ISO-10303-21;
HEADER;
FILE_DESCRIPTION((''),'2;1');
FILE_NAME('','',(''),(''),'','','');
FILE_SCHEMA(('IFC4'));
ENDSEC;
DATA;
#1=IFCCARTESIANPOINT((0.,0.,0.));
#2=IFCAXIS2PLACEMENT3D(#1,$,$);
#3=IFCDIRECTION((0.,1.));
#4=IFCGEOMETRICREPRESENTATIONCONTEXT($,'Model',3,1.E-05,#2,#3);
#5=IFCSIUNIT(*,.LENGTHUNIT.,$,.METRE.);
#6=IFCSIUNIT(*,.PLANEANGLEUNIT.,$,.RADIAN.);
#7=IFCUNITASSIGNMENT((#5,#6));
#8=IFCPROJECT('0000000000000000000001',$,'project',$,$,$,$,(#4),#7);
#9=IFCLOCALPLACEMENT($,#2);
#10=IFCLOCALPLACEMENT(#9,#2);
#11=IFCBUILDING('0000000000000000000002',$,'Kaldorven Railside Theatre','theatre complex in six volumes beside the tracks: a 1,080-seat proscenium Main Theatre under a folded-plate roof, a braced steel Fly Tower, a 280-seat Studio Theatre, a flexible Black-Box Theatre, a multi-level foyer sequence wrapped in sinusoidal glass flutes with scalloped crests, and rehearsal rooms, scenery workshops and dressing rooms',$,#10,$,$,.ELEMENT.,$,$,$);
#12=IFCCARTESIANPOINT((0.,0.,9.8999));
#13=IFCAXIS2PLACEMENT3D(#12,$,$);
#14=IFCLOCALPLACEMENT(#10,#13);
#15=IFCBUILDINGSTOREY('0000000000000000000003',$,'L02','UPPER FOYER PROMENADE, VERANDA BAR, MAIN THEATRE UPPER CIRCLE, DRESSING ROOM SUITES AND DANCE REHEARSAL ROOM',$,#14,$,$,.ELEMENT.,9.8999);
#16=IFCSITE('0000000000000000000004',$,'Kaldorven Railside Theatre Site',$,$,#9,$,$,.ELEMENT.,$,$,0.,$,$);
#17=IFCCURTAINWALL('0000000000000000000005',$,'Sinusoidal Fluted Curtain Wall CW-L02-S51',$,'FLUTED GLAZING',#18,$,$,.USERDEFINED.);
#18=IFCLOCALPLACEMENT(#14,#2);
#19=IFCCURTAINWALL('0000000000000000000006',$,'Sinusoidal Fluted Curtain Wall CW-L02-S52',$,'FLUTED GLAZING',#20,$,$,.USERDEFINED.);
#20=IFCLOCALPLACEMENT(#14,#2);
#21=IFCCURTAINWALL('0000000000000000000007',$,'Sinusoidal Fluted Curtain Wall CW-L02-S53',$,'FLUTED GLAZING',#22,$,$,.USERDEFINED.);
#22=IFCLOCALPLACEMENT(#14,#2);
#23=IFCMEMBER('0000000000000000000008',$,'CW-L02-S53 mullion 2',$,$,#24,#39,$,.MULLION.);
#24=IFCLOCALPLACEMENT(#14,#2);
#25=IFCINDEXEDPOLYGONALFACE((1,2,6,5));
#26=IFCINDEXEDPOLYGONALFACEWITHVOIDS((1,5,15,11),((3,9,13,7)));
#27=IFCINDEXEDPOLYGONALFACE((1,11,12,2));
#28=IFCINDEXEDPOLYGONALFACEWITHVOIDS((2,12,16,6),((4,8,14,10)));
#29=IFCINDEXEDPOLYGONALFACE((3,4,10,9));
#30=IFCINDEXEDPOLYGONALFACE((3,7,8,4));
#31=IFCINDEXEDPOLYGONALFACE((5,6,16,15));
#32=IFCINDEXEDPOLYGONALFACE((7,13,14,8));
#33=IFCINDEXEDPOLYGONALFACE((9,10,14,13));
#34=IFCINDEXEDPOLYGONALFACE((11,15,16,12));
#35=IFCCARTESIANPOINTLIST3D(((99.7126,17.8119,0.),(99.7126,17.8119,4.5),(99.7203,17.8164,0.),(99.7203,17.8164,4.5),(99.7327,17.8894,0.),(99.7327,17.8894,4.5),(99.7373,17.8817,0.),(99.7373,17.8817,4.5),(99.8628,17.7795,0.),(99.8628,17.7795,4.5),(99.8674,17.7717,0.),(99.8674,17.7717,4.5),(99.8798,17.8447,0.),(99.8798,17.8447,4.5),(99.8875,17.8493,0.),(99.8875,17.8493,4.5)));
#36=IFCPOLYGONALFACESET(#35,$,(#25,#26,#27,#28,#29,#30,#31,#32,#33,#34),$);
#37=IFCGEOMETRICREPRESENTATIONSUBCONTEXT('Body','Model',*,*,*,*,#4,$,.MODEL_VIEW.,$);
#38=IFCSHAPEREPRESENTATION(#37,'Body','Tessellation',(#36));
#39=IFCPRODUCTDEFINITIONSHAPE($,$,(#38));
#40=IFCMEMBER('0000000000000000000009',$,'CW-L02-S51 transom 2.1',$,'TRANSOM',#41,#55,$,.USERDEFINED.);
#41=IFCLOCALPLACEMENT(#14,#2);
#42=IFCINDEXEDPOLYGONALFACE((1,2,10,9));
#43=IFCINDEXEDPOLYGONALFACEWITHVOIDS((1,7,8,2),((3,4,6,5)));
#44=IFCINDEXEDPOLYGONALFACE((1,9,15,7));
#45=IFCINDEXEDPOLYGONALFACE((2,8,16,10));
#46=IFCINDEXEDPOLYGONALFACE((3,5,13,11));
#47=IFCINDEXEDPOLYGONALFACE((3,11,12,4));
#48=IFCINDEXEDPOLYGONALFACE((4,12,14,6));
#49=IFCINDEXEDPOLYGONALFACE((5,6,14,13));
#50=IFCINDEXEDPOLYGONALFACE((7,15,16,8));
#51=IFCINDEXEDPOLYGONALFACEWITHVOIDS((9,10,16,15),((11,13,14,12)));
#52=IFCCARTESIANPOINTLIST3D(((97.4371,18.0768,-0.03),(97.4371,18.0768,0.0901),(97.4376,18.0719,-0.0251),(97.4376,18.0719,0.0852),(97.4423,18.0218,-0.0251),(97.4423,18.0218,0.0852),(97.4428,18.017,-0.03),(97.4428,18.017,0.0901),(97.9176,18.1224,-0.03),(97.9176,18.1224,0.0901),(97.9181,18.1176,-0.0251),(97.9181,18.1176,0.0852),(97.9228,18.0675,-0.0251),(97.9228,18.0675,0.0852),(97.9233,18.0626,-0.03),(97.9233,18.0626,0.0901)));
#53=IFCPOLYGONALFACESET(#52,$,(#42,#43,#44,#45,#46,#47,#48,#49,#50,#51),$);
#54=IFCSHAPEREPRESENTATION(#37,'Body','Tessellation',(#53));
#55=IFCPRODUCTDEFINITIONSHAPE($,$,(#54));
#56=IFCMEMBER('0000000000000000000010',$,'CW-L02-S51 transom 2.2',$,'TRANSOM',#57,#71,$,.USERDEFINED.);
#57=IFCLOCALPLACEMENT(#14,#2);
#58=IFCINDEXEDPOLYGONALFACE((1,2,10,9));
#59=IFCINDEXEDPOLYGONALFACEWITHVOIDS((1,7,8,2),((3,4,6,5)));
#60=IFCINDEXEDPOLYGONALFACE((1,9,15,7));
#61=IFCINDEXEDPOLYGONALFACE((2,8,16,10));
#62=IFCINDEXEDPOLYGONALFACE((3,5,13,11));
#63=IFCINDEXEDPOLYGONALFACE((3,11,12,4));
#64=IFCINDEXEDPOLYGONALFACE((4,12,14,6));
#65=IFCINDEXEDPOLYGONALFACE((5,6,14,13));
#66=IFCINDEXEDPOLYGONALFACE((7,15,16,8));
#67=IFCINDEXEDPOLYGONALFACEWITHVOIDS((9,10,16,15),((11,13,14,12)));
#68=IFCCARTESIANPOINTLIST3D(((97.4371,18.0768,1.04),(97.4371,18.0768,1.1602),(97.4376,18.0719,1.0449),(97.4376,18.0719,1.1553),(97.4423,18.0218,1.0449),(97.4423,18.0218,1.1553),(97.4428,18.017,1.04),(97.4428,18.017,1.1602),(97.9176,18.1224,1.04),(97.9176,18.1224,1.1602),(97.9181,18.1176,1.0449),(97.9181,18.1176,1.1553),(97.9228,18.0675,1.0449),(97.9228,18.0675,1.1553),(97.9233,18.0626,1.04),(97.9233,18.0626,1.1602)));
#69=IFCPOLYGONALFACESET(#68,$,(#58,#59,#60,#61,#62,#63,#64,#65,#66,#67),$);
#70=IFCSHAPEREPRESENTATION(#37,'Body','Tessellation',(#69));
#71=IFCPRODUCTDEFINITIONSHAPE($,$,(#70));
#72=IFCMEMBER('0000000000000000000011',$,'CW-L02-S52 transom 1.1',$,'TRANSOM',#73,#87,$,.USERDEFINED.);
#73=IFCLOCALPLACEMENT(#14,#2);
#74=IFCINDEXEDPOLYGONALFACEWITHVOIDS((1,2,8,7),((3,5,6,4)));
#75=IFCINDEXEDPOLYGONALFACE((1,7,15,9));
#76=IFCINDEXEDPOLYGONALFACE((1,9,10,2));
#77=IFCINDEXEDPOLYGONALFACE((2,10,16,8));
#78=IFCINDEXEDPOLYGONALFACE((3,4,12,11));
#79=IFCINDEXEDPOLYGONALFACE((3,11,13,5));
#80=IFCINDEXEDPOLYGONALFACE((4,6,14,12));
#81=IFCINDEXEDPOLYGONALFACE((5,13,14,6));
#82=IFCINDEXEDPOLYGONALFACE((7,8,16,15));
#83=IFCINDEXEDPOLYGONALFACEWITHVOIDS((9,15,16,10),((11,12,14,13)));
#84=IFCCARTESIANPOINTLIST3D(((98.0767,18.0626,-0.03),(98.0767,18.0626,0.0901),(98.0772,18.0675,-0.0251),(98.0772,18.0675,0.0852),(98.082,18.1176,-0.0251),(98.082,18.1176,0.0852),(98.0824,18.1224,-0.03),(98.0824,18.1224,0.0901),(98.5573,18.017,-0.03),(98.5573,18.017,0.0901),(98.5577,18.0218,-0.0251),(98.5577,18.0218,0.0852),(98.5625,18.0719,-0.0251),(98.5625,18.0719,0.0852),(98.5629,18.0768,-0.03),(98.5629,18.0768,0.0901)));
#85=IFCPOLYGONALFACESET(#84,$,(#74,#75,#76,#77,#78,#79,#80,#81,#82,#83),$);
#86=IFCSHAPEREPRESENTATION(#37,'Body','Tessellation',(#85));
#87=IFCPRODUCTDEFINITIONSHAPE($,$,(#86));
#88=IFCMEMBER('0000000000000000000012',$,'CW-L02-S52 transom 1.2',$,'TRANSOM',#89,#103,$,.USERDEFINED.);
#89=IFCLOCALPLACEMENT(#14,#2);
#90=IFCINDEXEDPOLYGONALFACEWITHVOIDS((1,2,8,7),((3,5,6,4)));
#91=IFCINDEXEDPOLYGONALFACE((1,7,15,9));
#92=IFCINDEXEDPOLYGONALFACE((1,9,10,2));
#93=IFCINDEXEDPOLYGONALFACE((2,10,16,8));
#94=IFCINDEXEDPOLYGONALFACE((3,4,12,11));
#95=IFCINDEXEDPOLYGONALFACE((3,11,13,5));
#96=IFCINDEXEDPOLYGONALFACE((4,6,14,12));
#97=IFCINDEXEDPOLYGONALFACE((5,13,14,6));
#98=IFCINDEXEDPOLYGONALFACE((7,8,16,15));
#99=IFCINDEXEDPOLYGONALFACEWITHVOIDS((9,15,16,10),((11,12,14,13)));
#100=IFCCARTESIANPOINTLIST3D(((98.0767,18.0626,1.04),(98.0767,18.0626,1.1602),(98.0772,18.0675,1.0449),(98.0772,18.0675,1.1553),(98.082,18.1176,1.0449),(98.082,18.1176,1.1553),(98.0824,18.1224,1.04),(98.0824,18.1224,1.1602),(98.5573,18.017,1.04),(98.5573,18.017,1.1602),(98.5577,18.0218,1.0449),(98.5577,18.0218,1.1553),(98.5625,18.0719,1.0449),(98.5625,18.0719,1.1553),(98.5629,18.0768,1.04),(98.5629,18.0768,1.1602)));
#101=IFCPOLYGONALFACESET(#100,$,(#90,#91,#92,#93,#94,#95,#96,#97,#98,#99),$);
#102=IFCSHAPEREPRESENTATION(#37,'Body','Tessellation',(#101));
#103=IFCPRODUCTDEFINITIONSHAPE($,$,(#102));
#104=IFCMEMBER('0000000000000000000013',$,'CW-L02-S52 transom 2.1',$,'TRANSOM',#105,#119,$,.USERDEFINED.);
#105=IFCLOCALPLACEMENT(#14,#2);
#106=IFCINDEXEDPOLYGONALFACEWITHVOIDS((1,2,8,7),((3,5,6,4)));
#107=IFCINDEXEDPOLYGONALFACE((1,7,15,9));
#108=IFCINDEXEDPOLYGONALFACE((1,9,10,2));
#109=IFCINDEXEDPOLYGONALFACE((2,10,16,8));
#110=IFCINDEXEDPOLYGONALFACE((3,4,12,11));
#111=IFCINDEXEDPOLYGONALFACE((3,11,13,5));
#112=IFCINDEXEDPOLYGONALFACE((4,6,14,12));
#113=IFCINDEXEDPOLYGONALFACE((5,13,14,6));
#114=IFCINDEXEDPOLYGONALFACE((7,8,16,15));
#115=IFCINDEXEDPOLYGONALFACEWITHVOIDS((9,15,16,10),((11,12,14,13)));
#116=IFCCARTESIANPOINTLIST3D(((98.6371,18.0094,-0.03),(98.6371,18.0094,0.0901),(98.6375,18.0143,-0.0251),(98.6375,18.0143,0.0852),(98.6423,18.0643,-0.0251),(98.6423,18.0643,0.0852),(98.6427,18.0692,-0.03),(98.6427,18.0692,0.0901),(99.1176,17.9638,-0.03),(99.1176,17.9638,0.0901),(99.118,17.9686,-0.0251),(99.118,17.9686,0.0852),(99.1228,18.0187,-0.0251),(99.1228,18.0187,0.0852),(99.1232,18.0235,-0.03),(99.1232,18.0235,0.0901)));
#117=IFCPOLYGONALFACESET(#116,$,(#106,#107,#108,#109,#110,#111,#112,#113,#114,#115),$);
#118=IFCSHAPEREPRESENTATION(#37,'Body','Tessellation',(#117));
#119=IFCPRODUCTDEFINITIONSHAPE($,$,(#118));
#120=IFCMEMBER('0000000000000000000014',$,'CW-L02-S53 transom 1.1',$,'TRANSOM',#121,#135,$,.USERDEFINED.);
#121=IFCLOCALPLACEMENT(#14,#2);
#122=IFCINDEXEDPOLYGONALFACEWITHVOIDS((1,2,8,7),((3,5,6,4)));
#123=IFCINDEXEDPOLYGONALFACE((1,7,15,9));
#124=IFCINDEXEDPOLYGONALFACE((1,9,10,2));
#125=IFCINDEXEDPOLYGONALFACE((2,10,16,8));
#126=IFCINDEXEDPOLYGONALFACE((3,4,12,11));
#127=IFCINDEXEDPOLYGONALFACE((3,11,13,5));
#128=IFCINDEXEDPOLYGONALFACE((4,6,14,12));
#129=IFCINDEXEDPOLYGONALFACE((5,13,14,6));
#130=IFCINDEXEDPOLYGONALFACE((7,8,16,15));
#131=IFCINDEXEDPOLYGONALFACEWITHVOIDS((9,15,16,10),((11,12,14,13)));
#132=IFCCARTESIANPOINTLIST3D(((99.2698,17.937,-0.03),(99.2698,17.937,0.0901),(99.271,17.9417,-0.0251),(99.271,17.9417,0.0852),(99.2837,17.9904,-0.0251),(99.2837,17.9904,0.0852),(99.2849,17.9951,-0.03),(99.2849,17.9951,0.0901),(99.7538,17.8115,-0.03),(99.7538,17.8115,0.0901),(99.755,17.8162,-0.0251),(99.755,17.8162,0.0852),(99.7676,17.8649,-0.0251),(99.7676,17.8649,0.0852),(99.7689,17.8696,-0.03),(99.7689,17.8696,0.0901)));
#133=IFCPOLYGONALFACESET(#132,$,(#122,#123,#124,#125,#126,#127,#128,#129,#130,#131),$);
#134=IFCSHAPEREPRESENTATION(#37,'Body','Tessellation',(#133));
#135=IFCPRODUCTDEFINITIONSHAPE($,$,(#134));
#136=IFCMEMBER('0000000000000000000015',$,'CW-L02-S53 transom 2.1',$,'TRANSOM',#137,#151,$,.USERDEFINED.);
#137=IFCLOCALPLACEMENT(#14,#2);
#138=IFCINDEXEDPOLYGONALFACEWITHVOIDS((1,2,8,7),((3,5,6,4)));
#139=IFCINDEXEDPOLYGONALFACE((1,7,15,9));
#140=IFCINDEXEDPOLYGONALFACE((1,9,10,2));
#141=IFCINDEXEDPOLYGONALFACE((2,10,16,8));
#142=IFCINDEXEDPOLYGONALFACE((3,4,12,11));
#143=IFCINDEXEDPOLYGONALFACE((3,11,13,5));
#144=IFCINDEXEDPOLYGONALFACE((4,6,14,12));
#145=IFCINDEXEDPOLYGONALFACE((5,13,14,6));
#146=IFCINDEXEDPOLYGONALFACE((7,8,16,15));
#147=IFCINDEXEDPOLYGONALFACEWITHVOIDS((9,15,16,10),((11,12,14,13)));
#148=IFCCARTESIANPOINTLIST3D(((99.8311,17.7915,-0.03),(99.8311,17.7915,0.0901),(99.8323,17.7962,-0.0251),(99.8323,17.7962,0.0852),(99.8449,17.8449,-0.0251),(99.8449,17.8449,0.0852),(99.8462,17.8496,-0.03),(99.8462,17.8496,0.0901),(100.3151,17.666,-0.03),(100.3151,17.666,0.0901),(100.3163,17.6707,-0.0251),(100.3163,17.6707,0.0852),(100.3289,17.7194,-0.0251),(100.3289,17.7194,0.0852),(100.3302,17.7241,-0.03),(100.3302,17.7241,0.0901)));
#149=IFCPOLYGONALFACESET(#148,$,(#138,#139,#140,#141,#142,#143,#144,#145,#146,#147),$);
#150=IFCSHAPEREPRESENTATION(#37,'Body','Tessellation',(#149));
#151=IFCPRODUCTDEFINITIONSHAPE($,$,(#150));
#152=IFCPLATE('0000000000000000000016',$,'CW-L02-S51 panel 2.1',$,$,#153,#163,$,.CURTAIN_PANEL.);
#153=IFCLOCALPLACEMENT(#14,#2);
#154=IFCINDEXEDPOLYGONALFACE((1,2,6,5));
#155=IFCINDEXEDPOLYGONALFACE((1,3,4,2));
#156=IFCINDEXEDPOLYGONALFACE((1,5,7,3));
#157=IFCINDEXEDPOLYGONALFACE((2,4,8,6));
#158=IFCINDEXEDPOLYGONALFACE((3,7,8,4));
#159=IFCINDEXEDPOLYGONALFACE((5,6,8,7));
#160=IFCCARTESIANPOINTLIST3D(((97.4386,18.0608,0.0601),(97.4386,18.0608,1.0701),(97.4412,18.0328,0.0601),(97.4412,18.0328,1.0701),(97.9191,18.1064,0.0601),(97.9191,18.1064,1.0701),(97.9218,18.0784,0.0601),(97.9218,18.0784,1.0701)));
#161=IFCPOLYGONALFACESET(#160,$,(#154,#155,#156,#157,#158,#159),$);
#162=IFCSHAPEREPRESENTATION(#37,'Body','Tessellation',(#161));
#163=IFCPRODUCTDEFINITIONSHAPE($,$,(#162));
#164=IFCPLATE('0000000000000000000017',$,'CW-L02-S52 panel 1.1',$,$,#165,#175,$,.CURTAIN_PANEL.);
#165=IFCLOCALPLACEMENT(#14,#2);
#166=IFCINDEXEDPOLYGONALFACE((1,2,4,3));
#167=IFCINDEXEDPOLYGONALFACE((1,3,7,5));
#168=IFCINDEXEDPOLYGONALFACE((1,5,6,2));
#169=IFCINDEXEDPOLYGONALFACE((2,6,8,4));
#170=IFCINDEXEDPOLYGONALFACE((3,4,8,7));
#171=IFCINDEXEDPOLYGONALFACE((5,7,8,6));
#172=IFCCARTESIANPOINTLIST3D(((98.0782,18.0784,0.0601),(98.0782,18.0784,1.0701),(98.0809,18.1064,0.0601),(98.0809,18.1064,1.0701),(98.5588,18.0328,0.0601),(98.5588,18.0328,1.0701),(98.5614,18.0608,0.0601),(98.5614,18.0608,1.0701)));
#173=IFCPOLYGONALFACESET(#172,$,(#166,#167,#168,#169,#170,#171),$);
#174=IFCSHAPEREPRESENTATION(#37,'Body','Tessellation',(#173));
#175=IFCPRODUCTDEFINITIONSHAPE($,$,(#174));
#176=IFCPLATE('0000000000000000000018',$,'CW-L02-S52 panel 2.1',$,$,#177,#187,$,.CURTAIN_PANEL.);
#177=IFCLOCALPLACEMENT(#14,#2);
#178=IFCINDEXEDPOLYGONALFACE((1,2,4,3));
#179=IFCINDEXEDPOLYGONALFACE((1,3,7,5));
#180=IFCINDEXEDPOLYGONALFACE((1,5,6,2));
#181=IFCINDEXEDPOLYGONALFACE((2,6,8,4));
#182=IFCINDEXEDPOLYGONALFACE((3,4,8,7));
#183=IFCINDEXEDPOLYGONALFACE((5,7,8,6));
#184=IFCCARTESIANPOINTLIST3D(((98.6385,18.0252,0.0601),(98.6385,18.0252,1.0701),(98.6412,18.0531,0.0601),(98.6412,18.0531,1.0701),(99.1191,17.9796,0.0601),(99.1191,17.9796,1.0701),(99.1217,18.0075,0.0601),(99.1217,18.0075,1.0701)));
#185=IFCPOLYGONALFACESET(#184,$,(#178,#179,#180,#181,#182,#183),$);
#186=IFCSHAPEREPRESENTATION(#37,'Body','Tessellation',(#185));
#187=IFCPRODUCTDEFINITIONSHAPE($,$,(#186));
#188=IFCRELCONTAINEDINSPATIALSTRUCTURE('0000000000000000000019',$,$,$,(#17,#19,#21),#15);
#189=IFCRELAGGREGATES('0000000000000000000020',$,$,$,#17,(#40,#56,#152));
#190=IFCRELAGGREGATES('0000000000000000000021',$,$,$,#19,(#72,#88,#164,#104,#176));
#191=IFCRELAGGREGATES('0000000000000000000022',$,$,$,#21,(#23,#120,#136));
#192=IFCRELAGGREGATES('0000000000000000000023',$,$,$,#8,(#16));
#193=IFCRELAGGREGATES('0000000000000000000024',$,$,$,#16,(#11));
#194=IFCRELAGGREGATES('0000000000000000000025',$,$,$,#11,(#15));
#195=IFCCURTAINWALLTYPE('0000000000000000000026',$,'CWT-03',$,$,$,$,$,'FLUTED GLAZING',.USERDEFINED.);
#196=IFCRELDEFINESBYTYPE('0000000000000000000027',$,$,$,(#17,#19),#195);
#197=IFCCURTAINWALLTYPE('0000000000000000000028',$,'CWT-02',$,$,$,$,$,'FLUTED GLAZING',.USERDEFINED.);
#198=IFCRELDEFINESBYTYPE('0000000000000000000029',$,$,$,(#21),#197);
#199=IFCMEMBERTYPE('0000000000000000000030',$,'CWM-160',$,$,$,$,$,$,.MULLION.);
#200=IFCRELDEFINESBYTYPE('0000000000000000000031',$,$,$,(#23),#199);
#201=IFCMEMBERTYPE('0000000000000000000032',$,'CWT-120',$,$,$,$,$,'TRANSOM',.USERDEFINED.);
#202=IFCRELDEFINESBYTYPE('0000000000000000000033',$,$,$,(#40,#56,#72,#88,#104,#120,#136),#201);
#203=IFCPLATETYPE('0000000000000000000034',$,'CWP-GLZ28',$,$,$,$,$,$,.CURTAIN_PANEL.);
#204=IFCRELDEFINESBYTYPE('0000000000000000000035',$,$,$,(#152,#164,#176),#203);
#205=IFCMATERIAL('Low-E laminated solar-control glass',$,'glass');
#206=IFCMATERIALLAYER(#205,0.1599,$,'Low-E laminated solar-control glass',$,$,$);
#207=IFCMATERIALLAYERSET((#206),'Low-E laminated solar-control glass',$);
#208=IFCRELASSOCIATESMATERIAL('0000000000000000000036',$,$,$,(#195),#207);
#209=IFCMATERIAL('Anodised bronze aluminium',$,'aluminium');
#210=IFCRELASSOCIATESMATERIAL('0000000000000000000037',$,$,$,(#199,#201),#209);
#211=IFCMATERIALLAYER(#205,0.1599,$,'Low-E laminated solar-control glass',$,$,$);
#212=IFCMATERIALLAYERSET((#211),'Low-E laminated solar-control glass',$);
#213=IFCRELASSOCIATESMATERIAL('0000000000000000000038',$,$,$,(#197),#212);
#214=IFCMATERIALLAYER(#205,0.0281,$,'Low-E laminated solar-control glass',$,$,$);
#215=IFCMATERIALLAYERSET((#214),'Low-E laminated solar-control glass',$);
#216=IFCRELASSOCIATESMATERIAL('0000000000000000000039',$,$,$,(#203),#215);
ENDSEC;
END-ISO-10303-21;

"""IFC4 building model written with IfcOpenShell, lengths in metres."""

from ifc_helpers import new_model, si_unit, direction, frame, origin, origin_2d, place, context, subcontext, project, spatial, rectangle, hollow_rectangle, extrude, material, layer, layer_set, material_profile, profile_set, type_object, element, aggregate, save


model = new_model("IFC4")

# Units and contexts
model_context = context("Model", 3, precision=1e-05, world=origin(), true_north=direction((0.0, 1.0)))
body_context = subcontext(model_context, "Body", "Model", "MODEL_VIEW")
ifc_project = project(units=[si_unit("LENGTHUNIT", "METRE"), si_unit("PLANEANGLEUNIT", "RADIAN")], contexts=[model_context])

# Site, building, storey
site_placement = place(None, origin())
site = spatial("IfcSite", under=ifc_project, at=site_placement, Name="Kaldorven Railside Theatre Site", CompositionType="ELEMENT", RefElevation=0.0)
building_placement = place(site_placement, origin())
building = spatial("IfcBuilding", under=site, at=building_placement, Name="Kaldorven Railside Theatre", Description="theatre complex in six volumes beside the tracks: a 1,080-seat proscenium Main Theatre under a folded-plate roof, a braced steel Fly Tower, a 280-seat Studio Theatre, a flexible Black-Box Theatre, a multi-level foyer sequence wrapped in sinusoidal glass flutes with scalloped crests, and rehearsal rooms, scenery workshops and dressing rooms", CompositionType="ELEMENT")
storey_placement = place(building_placement, frame((0.0, 0.0, 9.8999)))
storey = spatial("IfcBuildingStorey", under=building, at=storey_placement, Name="L02", Description="UPPER FOYER PROMENADE, VERANDA BAR, MAIN THEATRE UPPER CIRCLE, DRESSING ROOM SUITES AND DANCE REHEARSAL ROOM", CompositionType="ELEMENT", Elevation=9.8999)

# Curtain walls, member
ifc_material_1 = material(Name="Low-E laminated solar-control glass", Category="glass")
ifc_layer_1 = layer(ifc_material_1, 0.1599, Name="Low-E laminated solar-control glass")
ifc_layer_set_1 = layer_set([ifc_layer_1], Name="Low-E laminated solar-control glass")
curtain_wall_type_1 = type_object("IfcCurtainWallType", Name="CWT-03", ElementType="FLUTED GLAZING", PredefinedType="USERDEFINED", material=ifc_layer_set_1)
curtain_wall_1_placement = place(storey_placement, origin())
curtain_wall_1 = element("IfcCurtainWall", 1, at=curtain_wall_1_placement, inside=storey, type_object=curtain_wall_type_1, Name="Sinusoidal Fluted Curtain Wall CW-L02-S51", ObjectType="FLUTED GLAZING", PredefinedType="USERDEFINED")
ifc_material_2 = material(Name="Anodised bronze aluminium", Category="aluminium")
ifc_material_profile_1 = material_profile(ifc_material_2, hollow_rectangle(XDim=0.0801, YDim=0.1599, WallThickness=0.0063, at=origin_2d()), Name="RHS 160x80x6.3")
ifc_profile_set_1 = profile_set([ifc_material_profile_1], Name="Anodised bronze aluminium")
member_type_1 = type_object("IfcMemberType", Name="CWM-160", PredefinedType="MULLION", material=ifc_profile_set_1)
curtain_wall_2_placement = place(storey_placement, origin())
curtain_wall_2 = element("IfcCurtainWall", 2, at=curtain_wall_2_placement, inside=storey, type_object=curtain_wall_type_1, Name="Sinusoidal Fluted Curtain Wall CW-L02-S52", ObjectType="FLUTED GLAZING", PredefinedType="USERDEFINED")
ifc_layer_2 = layer(ifc_material_1, 0.1599, Name="Low-E laminated solar-control glass")
ifc_layer_set_2 = layer_set([ifc_layer_2], Name="Low-E laminated solar-control glass")
curtain_wall_type_2 = type_object("IfcCurtainWallType", Name="CWT-02", ElementType="FLUTED GLAZING", PredefinedType="USERDEFINED", material=ifc_layer_set_2)
curtain_wall_3_placement = place(storey_placement, origin())
curtain_wall_3 = element("IfcCurtainWall", 3, at=curtain_wall_3_placement, inside=storey, type_object=curtain_wall_type_2, Name="Sinusoidal Fluted Curtain Wall CW-L02-S53", ObjectType="FLUTED GLAZING", PredefinedType="USERDEFINED")
member_1_placement = place(storey_placement, frame((99.8, 17.8306, 0.0), z_axis=(0.0, 0.0, 1.0), x_axis=(0.250954, 0.967999, 0.0)))
member_1 = element("IfcMember", 4, at=member_1_placement, type_object=member_type_1, Name="CW-L02-S53 mullion 2", PredefinedType="MULLION", context=body_context, shape_type="SweptSolid", body=[
    extrude(hollow_rectangle(XDim=0.0801, YDim=0.1599, WallThickness=0.0063, at=origin_2d()), origin(), (0.0, 0.0, 1.0), 4.5),
])

# Members
ifc_material_profile_2 = material_profile(ifc_material_2, hollow_rectangle(XDim=0.0601, YDim=0.1201, WallThickness=0.0049, at=origin_2d()), Name="RHS 120x60x5")
ifc_profile_set_2 = profile_set([ifc_material_profile_2], Name="Anodised bronze aluminium")
member_type_2 = type_object("IfcMemberType", Name="CWT-120", ElementType="TRANSOM", PredefinedType="USERDEFINED", material=ifc_profile_set_2)
member_2_placement = place(storey_placement, frame((97.4399, 18.0469, 0.03), z_axis=(0.995516, 0.094594, 0.0), x_axis=(-0.094594, 0.995516, 0.0)))
member_2 = element("IfcMember", 5, at=member_2_placement, type_object=member_type_2, Name="CW-L02-S51 transom 2.1", ObjectType="TRANSOM", PredefinedType="USERDEFINED", context=body_context, shape_type="SweptSolid", body=[
    extrude(hollow_rectangle(XDim=0.0601, YDim=0.1201, WallThickness=0.0049, at=origin_2d()), origin(), (0.0, 0.0, 1.0), 0.4827),
])
member_3_placement = place(storey_placement, frame((97.4399, 18.0469, 1.1001), z_axis=(0.995516, 0.094594, 0.0), x_axis=(-0.094594, 0.995516, 0.0)))
member_3 = element("IfcMember", 6, at=member_3_placement, type_object=member_type_2, Name="CW-L02-S51 transom 2.2", ObjectType="TRANSOM", PredefinedType="USERDEFINED", context=body_context, shape_type="SweptSolid", body=[
    extrude(hollow_rectangle(XDim=0.0601, YDim=0.1201, WallThickness=0.0049, at=origin_2d()), origin(), (0.0, 0.0, 1.0), 0.4827),
])
member_4_placement = place(storey_placement, frame((98.0796, 18.0925, 0.03), z_axis=(0.995516, -0.094594, 0.0), x_axis=(0.094594, 0.995516, 0.0)))
member_4 = element("IfcMember", 7, at=member_4_placement, type_object=member_type_2, Name="CW-L02-S52 transom 1.1", ObjectType="TRANSOM", PredefinedType="USERDEFINED", context=body_context, shape_type="SweptSolid", body=[
    extrude(hollow_rectangle(XDim=0.0601, YDim=0.1201, WallThickness=0.0049, at=origin_2d()), origin(), (0.0, 0.0, 1.0), 0.4827),
])
member_5_placement = place(storey_placement, frame((98.0796, 18.0925, 1.1001), z_axis=(0.995516, -0.094594, 0.0), x_axis=(0.094594, 0.995516, 0.0)))
member_5 = element("IfcMember", 8, at=member_5_placement, type_object=member_type_2, Name="CW-L02-S52 transom 1.2", ObjectType="TRANSOM", PredefinedType="USERDEFINED", context=body_context, shape_type="SweptSolid", body=[
    extrude(hollow_rectangle(XDim=0.0601, YDim=0.1201, WallThickness=0.0049, at=origin_2d()), origin(), (0.0, 0.0, 1.0), 0.4827),
])
member_6_placement = place(storey_placement, frame((98.6399, 18.0393, 0.03), z_axis=(0.995516, -0.094594, 0.0), x_axis=(0.094594, 0.995516, 0.0)))
member_6 = element("IfcMember", 9, at=member_6_placement, type_object=member_type_2, Name="CW-L02-S52 transom 2.1", ObjectType="TRANSOM", PredefinedType="USERDEFINED", context=body_context, shape_type="SweptSolid", body=[
    extrude(hollow_rectangle(XDim=0.0601, YDim=0.1201, WallThickness=0.0049, at=origin_2d()), origin(), (0.0, 0.0, 1.0), 0.4827),
])
member_7_placement = place(storey_placement, frame((99.2773, 17.9661, 0.03), z_axis=(0.967979, -0.25103, 0.0), x_axis=(0.25103, 0.967979, 0.0)))
member_7 = element("IfcMember", 10, at=member_7_placement, type_object=member_type_2, Name="CW-L02-S53 transom 1.1", ObjectType="TRANSOM", PredefinedType="USERDEFINED", context=body_context, shape_type="SweptSolid", body=[
    extrude(hollow_rectangle(XDim=0.0601, YDim=0.1201, WallThickness=0.0049, at=origin_2d()), origin(), (0.0, 0.0, 1.0), 0.5),
])
member_8_placement = place(storey_placement, frame((99.8386, 17.8206, 0.03), z_axis=(0.967979, -0.25103, 0.0), x_axis=(0.25103, 0.967979, 0.0)))
member_8 = element("IfcMember", 11, at=member_8_placement, type_object=member_type_2, Name="CW-L02-S53 transom 2.1", ObjectType="TRANSOM", PredefinedType="USERDEFINED", context=body_context, shape_type="SweptSolid", body=[
    extrude(hollow_rectangle(XDim=0.0601, YDim=0.1201, WallThickness=0.0049, at=origin_2d()), origin(), (0.0, 0.0, 1.0), 0.5),
])

# Plates
ifc_layer_3 = layer(ifc_material_1, 0.0281, Name="Low-E laminated solar-control glass")
ifc_layer_set_3 = layer_set([ifc_layer_3], Name="Low-E laminated solar-control glass")
plate_type = type_object("IfcPlateType", Name="CWP-GLZ28", PredefinedType="CURTAIN_PANEL", material=ifc_layer_set_3)
plate_1_placement = place(storey_placement, frame((97.6802, 18.0696, 0.0601), z_axis=(0.0, 0.0, 1.0), x_axis=(0.995526, 0.094492, 0.0)))
plate_1 = element("IfcPlate", 12, at=plate_1_placement, type_object=plate_type, Name="CW-L02-S51 panel 2.1", PredefinedType="CURTAIN_PANEL", context=body_context, shape_type="SweptSolid", body=[
    extrude(rectangle(XDim=0.4827, YDim=0.0281, at=origin_2d()), origin(), (0.0, 0.0, 1.0), 1.01),
])
aggregate(curtain_wall_1, [member_2, member_3, plate_1])
plate_2_placement = place(storey_placement, frame((98.3198, 18.0696, 0.0601), z_axis=(0.0, 0.0, 1.0), x_axis=(0.995526, -0.094492, 0.0)))
plate_2 = element("IfcPlate", 13, at=plate_2_placement, type_object=plate_type, Name="CW-L02-S52 panel 1.1", PredefinedType="CURTAIN_PANEL", context=body_context, shape_type="SweptSolid", body=[
    extrude(rectangle(XDim=0.4827, YDim=0.0281, at=origin_2d()), origin(), (0.0, 0.0, 1.0), 1.01),
])
plate_3_placement = place(storey_placement, frame((98.8801, 18.0164, 0.0601), z_axis=(0.0, 0.0, 1.0), x_axis=(0.995526, -0.094492, 0.0)))
plate_3 = element("IfcPlate", 14, at=plate_3_placement, type_object=plate_type, Name="CW-L02-S52 panel 2.1", PredefinedType="CURTAIN_PANEL", context=body_context, shape_type="SweptSolid", body=[
    extrude(rectangle(XDim=0.4827, YDim=0.0281, at=origin_2d()), origin(), (0.0, 0.0, 1.0), 1.01),
])
aggregate(curtain_wall_2, [member_4, member_5, plate_2, member_6, plate_3])
aggregate(curtain_wall_3, [member_1, member_7, member_8])

save(model, "model.ifc")
